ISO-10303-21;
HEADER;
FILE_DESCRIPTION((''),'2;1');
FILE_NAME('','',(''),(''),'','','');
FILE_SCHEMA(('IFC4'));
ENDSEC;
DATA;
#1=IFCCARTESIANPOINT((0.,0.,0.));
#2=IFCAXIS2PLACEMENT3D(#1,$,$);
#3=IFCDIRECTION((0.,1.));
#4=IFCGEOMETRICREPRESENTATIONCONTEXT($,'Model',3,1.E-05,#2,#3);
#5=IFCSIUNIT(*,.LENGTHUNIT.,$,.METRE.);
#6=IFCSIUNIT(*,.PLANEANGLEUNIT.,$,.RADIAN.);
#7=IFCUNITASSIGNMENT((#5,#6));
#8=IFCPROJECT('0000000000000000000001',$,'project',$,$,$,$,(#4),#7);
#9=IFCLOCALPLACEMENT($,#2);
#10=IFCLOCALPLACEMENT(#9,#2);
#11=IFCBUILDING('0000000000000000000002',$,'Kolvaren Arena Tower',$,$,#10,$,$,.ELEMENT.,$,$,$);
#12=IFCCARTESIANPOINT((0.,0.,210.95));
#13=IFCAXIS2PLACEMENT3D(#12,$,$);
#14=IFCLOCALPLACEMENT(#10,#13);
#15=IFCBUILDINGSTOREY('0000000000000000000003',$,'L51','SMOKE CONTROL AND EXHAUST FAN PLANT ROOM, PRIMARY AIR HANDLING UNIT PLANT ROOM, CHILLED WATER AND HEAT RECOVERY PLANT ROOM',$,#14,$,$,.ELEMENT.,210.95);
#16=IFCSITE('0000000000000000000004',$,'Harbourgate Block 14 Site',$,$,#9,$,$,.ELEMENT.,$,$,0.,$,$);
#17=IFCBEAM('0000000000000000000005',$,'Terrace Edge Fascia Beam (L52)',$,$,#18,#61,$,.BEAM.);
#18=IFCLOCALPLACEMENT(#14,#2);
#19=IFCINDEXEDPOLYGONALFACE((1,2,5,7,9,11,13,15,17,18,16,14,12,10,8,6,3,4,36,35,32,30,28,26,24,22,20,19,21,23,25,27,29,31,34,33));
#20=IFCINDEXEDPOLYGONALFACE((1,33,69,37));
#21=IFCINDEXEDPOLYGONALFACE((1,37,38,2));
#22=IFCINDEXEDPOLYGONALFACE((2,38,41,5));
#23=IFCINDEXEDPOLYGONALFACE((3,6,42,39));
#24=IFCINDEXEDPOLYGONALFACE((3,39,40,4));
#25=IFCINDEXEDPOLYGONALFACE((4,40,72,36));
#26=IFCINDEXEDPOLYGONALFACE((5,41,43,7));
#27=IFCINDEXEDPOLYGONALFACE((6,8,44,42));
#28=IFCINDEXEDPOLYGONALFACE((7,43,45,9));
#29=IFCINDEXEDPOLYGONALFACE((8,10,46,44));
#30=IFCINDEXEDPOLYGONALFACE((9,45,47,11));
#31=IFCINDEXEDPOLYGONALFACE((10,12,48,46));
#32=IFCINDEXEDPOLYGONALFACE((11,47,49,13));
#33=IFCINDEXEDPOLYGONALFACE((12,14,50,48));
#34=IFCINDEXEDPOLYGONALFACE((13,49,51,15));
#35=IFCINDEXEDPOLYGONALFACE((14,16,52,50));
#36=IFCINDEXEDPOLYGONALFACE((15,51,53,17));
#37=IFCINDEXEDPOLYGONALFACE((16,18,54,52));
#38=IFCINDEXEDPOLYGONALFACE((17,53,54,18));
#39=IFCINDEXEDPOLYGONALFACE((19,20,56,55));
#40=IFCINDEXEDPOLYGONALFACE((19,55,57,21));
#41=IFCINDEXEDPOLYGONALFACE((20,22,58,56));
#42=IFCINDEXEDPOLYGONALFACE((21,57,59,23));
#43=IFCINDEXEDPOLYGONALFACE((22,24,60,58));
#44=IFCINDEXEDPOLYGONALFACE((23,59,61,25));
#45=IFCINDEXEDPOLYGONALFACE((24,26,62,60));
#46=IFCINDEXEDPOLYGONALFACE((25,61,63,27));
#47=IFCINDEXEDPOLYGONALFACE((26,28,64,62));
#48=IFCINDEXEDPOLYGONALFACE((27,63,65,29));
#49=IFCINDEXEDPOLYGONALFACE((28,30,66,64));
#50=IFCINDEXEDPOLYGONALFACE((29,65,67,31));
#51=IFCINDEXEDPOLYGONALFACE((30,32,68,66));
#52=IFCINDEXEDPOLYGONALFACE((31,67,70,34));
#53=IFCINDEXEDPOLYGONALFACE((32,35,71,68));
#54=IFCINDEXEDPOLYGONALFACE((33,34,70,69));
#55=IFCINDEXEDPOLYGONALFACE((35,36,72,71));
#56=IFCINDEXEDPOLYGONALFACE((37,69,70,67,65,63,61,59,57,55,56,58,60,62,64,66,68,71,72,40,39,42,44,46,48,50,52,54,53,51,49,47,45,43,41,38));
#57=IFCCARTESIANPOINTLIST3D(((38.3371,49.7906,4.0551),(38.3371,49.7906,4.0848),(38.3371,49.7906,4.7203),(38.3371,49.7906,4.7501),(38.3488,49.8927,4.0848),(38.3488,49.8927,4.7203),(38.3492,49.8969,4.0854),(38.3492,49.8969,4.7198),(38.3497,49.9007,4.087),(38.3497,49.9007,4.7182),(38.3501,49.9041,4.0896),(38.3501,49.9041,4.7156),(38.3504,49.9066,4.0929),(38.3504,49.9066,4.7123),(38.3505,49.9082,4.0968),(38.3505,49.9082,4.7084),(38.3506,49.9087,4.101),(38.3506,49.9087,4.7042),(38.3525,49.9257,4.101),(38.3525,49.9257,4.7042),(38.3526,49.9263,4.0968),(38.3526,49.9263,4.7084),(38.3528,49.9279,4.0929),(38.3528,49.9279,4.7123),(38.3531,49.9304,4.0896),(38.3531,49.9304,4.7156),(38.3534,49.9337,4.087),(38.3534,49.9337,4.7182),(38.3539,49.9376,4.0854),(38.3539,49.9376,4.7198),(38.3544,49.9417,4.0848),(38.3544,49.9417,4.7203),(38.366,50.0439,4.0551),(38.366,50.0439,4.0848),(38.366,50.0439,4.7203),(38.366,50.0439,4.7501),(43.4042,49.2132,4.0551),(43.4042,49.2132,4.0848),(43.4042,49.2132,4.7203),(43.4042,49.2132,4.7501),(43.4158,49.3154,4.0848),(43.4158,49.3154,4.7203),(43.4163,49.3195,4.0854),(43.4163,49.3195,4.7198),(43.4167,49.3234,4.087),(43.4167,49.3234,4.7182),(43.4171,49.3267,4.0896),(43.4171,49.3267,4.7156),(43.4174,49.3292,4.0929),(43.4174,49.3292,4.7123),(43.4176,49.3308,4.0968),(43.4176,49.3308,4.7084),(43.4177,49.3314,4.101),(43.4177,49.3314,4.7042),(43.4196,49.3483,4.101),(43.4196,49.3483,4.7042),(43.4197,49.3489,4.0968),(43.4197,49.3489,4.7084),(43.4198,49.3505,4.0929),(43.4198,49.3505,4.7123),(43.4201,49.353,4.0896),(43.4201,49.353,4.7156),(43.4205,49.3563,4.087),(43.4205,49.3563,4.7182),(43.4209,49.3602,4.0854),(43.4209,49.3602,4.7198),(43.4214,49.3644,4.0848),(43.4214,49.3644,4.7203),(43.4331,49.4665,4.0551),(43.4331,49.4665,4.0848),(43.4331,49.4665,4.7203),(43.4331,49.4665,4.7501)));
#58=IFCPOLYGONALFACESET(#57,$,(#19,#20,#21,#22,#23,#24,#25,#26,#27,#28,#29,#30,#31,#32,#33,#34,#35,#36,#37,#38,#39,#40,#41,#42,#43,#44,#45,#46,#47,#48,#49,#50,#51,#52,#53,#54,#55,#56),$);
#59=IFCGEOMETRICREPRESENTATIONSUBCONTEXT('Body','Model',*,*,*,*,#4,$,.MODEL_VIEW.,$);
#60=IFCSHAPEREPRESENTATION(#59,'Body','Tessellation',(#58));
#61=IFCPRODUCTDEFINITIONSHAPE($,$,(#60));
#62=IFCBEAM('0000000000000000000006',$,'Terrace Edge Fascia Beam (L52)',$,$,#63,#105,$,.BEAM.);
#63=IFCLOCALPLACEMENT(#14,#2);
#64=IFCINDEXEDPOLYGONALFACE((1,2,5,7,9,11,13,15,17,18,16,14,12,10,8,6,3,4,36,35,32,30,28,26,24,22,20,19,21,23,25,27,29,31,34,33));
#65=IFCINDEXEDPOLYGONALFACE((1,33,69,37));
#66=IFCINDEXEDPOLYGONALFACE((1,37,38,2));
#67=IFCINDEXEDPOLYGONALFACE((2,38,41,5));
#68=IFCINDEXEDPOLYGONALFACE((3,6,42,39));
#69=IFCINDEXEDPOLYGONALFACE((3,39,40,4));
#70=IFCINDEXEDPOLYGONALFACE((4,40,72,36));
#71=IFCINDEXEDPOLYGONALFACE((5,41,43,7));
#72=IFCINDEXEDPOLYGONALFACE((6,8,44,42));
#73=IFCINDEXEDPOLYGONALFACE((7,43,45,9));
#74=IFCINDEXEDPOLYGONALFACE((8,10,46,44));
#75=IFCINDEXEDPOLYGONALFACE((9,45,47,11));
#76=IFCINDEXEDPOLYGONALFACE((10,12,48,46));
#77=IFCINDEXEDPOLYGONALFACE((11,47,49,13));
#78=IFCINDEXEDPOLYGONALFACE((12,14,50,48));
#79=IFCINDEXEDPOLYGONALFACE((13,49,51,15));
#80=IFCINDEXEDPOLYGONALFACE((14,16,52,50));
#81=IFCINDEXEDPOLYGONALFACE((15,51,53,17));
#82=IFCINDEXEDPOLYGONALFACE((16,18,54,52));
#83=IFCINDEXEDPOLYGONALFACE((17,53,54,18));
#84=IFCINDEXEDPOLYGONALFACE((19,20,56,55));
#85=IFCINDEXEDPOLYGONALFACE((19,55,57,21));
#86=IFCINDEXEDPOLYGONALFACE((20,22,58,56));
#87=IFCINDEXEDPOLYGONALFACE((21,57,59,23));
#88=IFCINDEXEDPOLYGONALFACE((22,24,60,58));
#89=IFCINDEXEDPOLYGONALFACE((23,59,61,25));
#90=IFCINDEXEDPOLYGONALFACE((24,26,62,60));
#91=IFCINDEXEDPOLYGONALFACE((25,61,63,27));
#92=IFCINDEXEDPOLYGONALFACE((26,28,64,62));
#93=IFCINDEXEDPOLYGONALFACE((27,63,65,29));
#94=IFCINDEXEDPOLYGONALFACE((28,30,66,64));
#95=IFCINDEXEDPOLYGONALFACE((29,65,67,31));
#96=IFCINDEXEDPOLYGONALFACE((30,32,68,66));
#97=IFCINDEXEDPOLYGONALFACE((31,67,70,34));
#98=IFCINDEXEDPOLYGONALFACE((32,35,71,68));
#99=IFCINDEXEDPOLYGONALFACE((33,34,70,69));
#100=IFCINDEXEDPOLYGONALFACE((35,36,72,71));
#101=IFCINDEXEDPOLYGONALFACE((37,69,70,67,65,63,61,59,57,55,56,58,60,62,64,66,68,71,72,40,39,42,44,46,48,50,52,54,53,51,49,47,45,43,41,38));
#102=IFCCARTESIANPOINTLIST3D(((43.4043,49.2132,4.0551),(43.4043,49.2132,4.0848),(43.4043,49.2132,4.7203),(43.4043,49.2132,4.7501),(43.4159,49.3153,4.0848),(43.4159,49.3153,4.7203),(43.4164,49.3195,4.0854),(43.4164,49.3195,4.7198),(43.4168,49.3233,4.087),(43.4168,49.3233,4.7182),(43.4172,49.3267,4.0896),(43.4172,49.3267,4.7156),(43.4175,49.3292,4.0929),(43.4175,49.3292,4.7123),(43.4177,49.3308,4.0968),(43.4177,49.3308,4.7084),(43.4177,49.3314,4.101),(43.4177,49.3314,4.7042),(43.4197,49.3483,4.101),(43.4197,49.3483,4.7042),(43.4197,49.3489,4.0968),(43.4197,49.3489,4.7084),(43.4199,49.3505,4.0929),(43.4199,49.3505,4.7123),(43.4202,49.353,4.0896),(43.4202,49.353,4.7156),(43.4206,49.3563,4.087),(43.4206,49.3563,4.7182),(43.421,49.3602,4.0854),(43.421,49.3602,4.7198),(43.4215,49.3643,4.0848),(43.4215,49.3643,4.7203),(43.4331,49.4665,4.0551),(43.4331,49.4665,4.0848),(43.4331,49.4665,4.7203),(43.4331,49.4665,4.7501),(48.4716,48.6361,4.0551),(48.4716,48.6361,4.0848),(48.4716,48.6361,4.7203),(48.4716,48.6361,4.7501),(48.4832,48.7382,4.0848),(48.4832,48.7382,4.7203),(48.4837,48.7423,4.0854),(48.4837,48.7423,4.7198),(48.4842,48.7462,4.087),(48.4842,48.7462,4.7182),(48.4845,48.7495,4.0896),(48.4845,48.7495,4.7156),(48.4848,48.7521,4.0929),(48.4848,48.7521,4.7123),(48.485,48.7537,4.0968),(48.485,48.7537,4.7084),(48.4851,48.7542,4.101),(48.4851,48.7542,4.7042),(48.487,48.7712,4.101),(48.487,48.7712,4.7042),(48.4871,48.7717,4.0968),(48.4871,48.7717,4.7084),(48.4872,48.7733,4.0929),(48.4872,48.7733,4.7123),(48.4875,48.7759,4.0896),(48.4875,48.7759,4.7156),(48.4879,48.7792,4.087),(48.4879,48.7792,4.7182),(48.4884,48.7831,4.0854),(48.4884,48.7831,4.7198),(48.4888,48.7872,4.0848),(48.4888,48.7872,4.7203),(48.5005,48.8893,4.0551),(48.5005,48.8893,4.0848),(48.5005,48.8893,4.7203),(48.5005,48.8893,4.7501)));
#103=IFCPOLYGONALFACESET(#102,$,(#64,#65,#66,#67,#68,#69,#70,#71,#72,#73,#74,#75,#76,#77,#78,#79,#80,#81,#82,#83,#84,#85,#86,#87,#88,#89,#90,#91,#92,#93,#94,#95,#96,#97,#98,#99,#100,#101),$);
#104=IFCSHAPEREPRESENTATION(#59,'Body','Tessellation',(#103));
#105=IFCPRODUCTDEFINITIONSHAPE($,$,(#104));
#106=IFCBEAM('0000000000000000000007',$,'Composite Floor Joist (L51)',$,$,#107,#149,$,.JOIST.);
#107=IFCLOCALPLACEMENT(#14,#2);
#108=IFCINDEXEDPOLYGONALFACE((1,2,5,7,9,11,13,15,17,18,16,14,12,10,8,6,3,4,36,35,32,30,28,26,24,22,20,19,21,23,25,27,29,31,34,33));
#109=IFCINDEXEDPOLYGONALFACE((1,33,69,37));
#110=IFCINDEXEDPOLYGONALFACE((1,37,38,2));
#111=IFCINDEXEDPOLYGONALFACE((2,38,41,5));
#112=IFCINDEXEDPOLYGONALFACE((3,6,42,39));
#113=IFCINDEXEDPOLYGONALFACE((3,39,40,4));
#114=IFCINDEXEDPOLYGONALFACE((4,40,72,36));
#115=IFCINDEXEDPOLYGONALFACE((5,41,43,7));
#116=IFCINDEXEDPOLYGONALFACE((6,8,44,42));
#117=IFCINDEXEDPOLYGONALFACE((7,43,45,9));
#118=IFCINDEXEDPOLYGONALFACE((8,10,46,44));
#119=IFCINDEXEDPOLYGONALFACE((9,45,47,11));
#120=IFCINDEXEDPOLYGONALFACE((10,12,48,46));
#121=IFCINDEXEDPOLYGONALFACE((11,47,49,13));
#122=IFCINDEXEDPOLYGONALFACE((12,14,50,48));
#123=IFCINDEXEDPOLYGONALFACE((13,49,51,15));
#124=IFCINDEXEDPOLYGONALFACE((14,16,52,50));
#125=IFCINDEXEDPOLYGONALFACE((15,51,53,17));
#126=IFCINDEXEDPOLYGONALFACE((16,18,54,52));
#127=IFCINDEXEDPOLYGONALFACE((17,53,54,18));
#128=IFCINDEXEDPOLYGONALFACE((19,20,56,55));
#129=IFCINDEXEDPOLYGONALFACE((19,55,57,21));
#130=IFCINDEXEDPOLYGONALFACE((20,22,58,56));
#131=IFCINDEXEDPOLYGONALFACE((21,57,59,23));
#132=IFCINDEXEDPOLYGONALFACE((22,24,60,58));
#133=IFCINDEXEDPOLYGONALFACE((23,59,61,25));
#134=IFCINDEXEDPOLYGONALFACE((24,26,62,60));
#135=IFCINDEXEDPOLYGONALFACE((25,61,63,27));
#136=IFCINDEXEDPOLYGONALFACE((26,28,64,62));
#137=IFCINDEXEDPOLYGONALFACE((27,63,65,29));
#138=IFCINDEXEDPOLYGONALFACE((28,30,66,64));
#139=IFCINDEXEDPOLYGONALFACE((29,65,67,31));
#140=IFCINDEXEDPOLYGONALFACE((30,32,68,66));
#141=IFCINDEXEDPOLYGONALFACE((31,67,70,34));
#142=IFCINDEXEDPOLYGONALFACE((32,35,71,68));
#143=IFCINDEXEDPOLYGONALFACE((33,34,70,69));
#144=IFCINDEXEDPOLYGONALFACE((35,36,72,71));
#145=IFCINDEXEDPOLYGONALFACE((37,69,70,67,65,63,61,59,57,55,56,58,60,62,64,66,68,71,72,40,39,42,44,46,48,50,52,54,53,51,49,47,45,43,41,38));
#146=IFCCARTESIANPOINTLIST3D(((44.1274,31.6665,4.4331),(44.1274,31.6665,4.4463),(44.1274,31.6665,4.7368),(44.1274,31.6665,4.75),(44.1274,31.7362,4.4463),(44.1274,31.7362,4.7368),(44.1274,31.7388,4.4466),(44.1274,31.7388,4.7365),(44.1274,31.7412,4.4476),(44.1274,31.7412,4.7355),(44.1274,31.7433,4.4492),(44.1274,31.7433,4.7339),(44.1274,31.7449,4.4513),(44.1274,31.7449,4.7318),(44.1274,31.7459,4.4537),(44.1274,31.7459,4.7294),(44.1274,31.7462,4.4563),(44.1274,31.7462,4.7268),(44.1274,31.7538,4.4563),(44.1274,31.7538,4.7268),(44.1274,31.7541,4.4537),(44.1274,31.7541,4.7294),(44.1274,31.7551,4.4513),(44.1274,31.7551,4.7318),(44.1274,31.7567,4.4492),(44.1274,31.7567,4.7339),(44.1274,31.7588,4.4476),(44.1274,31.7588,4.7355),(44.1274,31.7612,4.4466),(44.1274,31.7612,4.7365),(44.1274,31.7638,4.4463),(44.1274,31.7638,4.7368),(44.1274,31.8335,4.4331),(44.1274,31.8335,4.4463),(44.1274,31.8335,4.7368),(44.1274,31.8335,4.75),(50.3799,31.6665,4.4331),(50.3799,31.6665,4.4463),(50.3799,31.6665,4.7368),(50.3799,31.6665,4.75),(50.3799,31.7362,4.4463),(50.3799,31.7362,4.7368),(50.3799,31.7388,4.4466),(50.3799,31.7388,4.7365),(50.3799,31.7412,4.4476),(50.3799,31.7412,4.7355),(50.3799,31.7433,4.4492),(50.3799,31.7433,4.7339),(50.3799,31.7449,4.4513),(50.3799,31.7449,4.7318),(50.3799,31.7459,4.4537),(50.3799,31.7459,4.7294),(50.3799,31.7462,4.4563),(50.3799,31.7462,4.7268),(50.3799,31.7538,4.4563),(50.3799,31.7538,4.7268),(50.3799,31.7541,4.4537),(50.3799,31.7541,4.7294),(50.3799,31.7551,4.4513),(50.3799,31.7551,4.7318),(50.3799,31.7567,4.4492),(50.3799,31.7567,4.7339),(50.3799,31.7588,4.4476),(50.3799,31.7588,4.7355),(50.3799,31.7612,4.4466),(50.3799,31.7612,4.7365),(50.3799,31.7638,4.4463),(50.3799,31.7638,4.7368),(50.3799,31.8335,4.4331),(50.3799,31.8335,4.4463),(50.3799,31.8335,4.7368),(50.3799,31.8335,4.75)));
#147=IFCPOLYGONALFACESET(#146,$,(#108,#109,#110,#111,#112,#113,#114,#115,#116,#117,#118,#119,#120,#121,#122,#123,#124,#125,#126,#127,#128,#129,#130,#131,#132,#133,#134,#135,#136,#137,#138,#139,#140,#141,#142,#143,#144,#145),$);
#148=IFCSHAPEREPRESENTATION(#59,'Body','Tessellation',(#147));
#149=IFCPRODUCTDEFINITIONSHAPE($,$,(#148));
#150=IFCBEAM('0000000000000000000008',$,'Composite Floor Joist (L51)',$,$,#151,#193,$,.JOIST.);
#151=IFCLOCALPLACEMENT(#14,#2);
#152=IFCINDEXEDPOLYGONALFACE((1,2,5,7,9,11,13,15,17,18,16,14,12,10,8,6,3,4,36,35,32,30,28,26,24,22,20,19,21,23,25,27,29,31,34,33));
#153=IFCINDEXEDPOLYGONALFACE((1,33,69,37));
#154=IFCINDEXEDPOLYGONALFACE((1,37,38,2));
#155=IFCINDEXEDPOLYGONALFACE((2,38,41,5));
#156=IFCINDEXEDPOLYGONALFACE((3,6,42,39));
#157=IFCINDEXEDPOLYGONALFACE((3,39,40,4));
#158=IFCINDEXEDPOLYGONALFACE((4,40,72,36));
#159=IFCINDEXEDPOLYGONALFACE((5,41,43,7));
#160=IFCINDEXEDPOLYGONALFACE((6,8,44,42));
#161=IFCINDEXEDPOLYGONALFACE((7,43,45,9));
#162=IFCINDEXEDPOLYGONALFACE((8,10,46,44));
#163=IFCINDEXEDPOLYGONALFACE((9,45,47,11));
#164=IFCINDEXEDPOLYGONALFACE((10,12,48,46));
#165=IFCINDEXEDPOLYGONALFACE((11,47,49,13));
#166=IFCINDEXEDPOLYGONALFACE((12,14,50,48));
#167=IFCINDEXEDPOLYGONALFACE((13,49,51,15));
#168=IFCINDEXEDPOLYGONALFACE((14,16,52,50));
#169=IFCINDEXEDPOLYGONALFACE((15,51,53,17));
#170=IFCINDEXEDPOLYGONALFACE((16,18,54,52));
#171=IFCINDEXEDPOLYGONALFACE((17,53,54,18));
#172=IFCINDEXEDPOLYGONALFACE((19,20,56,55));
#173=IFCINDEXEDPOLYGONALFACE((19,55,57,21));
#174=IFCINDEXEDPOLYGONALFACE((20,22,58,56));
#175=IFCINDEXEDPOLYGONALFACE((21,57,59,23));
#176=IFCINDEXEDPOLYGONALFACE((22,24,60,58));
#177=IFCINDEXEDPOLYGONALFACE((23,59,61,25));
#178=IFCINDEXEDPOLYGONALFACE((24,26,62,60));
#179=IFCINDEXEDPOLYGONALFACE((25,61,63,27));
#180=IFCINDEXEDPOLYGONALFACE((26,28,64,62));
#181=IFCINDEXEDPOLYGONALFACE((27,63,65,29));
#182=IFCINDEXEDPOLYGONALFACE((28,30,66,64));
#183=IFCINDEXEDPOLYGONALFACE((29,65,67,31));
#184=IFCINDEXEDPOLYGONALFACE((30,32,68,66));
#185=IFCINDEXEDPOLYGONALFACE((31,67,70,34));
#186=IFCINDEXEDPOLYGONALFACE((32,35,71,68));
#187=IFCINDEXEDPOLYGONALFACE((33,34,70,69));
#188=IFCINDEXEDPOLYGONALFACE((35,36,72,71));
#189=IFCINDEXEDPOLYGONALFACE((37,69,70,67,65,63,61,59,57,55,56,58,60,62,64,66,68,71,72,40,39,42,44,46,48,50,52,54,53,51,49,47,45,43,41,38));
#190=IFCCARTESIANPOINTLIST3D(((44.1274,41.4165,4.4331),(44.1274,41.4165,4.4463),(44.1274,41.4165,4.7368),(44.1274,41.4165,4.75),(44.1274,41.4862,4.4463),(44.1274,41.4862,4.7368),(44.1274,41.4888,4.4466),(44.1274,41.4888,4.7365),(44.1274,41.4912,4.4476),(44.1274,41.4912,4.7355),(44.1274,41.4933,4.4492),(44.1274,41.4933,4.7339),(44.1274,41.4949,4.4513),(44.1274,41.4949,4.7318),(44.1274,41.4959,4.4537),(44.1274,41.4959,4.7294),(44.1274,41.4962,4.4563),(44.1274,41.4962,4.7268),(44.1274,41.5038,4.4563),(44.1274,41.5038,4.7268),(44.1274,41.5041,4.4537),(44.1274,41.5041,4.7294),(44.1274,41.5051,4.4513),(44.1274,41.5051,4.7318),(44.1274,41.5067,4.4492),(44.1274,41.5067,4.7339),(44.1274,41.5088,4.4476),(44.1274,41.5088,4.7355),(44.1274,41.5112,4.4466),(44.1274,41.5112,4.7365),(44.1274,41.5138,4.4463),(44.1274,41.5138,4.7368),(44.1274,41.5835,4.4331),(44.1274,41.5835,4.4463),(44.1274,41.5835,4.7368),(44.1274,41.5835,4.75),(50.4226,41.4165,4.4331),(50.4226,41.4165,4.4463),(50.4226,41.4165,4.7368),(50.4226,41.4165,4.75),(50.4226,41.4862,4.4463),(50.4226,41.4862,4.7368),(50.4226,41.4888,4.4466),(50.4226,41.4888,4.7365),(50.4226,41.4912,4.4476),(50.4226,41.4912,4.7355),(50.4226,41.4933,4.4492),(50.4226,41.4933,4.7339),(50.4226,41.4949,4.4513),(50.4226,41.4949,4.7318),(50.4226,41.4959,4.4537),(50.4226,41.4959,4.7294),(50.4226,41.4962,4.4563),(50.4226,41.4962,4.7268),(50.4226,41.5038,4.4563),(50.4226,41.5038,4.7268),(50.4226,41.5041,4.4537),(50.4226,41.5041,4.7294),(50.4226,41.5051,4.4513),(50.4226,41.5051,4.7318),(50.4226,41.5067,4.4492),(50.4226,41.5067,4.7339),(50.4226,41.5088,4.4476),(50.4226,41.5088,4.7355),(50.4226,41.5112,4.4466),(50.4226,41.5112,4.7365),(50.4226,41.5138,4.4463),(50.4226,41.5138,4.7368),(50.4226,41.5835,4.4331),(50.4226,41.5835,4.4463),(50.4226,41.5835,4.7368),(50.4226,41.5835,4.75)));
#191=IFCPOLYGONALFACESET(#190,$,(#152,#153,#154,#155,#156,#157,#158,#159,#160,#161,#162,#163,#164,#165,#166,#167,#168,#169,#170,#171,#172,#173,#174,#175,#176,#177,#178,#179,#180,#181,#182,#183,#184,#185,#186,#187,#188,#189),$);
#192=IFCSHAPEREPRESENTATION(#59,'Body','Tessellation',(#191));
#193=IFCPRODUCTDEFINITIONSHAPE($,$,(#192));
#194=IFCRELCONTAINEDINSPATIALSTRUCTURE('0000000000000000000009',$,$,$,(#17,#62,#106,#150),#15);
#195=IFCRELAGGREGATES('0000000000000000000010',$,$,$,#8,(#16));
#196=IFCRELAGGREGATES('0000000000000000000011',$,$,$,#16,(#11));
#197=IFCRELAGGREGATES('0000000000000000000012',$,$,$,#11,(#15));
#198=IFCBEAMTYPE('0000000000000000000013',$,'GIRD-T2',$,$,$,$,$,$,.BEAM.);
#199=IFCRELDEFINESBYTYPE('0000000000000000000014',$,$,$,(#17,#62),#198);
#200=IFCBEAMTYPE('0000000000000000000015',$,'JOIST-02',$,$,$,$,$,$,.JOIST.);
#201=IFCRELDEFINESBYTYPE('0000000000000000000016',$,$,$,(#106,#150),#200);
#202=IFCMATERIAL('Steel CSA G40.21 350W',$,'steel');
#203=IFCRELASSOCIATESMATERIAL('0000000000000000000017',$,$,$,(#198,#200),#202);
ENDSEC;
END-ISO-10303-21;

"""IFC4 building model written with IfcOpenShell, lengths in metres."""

from ifc_helpers import new_model, si_unit, direction, frame, origin, origin_2d, place, context, subcontext, project, spatial, i_section, extrude, material, material_profile, profile_set, type_object, element, save


model = new_model("IFC4")

# Units and contexts
model_context = context("Model", 3, precision=1e-05, world=origin(), true_north=direction((0.0, 1.0)))
body_context = subcontext(model_context, "Body", "Model", "MODEL_VIEW")
ifc_project = project(units=[si_unit("LENGTHUNIT", "METRE"), si_unit("PLANEANGLEUNIT", "RADIAN")], contexts=[model_context])

# Site, building, storey
site_placement = place(None, origin())
site = spatial("IfcSite", under=ifc_project, at=site_placement, Name="Harbourgate Block 14 Site", CompositionType="ELEMENT", RefElevation=0.0)
building_placement = place(site_placement, origin())
building = spatial("IfcBuilding", under=site, at=building_placement, Name="Kolvaren Arena Tower", CompositionType="ELEMENT")
storey_placement = place(building_placement, frame((0.0, 0.0, 210.95)))
storey = spatial("IfcBuildingStorey", under=building, at=storey_placement, Name="L51", Description="SMOKE CONTROL AND EXHAUST FAN PLANT ROOM, PRIMARY AIR HANDLING UNIT PLANT ROOM, CHILLED WATER AND HEAT RECOVERY PLANT ROOM", CompositionType="ELEMENT", Elevation=210.95)

# Shared definitions
ifc_material_1 = material(Name="Steel CSA G40.21 350W", Category="steel")

# Beams
ifc_material_profile_1 = material_profile(ifc_material_1, i_section(OverallWidth=0.2549, OverallDepth=0.6951, WebThickness=0.0171, FlangeThickness=0.0298, FilletRadius=0.0161, at=origin_2d()), Name="W690x217")
ifc_profile_set_1 = profile_set([ifc_material_profile_1], Name="Steel CSA G40.21 350W")
beam_type_1 = type_object("IfcBeamType", Name="GIRD-T2", PredefinedType="BEAM", material=ifc_profile_set_1)
beam_1_placement = place(storey_placement, frame((38.3516, 49.9172, 4.4026), z_axis=(0.99357, -0.113216, 0.0), x_axis=(0.113216, 0.99357, 0.0)))
element("IfcBeam", 1, at=beam_1_placement, inside=storey, type_object=beam_type_1, Name="Terrace Edge Fascia Beam (L52)", PredefinedType="BEAM", context=body_context, shape_type="SweptSolid", body=[
    extrude(i_section(OverallWidth=0.2549, OverallDepth=0.6951, WebThickness=0.0171, FlangeThickness=0.0298, FilletRadius=0.0161, at=origin_2d()), origin(), (0.0, 0.0, 1.0), 5.0999),
])
beam_2_placement = place(storey_placement, frame((43.4187, 49.3398, 4.4026), z_axis=(0.993576, -0.113163, 0.0), x_axis=(0.113163, 0.993576, 0.0)))
element("IfcBeam", 2, at=beam_2_placement, inside=storey, type_object=beam_type_1, Name="Terrace Edge Fascia Beam (L52)", PredefinedType="BEAM", context=body_context, shape_type="SweptSolid", body=[
    extrude(i_section(OverallWidth=0.2549, OverallDepth=0.6951, WebThickness=0.0171, FlangeThickness=0.0298, FilletRadius=0.0161, at=origin_2d()), origin(), (0.0, 0.0, 1.0), 5.1001),
])
ifc_material_profile_2 = material_profile(ifc_material_1, i_section(OverallWidth=0.167, OverallDepth=0.3169, WebThickness=0.0076, FlangeThickness=0.0132, FilletRadius=0.01, at=origin_2d()), Name="W310x52")
ifc_profile_set_2 = profile_set([ifc_material_profile_2], Name="Steel CSA G40.21 350W")
beam_type_2 = type_object("IfcBeamType", Name="JOIST-02", PredefinedType="JOIST", material=ifc_profile_set_2)
beam_3_placement = place(storey_placement, frame((44.1274, 31.75, 4.5916), z_axis=(1.0, 0.0, 0.0), x_axis=(0.0, 1.0, 0.0)))
element("IfcBeam", 3, at=beam_3_placement, inside=storey, type_object=beam_type_2, Name="Composite Floor Joist (L51)", PredefinedType="JOIST", context=body_context, shape_type="SweptSolid", body=[
    extrude(i_section(OverallWidth=0.167, OverallDepth=0.3169, WebThickness=0.0076, FlangeThickness=0.0132, FilletRadius=0.01, at=origin_2d()), origin(), (0.0, 0.0, 1.0), 6.2524),
])
beam_4_placement = place(storey_placement, frame((44.1274, 41.5, 4.5916), z_axis=(1.0, 0.0, 0.0), x_axis=(0.0, 1.0, 0.0)))
element("IfcBeam", 4, at=beam_4_placement, inside=storey, type_object=beam_type_2, Name="Composite Floor Joist (L51)", PredefinedType="JOIST", context=body_context, shape_type="SweptSolid", body=[
    extrude(i_section(OverallWidth=0.167, OverallDepth=0.3169, WebThickness=0.0076, FlangeThickness=0.0132, FilletRadius=0.01, at=origin_2d()), origin(), (0.0, 0.0, 1.0), 6.2952),
])

save(model, "model.ifc")
